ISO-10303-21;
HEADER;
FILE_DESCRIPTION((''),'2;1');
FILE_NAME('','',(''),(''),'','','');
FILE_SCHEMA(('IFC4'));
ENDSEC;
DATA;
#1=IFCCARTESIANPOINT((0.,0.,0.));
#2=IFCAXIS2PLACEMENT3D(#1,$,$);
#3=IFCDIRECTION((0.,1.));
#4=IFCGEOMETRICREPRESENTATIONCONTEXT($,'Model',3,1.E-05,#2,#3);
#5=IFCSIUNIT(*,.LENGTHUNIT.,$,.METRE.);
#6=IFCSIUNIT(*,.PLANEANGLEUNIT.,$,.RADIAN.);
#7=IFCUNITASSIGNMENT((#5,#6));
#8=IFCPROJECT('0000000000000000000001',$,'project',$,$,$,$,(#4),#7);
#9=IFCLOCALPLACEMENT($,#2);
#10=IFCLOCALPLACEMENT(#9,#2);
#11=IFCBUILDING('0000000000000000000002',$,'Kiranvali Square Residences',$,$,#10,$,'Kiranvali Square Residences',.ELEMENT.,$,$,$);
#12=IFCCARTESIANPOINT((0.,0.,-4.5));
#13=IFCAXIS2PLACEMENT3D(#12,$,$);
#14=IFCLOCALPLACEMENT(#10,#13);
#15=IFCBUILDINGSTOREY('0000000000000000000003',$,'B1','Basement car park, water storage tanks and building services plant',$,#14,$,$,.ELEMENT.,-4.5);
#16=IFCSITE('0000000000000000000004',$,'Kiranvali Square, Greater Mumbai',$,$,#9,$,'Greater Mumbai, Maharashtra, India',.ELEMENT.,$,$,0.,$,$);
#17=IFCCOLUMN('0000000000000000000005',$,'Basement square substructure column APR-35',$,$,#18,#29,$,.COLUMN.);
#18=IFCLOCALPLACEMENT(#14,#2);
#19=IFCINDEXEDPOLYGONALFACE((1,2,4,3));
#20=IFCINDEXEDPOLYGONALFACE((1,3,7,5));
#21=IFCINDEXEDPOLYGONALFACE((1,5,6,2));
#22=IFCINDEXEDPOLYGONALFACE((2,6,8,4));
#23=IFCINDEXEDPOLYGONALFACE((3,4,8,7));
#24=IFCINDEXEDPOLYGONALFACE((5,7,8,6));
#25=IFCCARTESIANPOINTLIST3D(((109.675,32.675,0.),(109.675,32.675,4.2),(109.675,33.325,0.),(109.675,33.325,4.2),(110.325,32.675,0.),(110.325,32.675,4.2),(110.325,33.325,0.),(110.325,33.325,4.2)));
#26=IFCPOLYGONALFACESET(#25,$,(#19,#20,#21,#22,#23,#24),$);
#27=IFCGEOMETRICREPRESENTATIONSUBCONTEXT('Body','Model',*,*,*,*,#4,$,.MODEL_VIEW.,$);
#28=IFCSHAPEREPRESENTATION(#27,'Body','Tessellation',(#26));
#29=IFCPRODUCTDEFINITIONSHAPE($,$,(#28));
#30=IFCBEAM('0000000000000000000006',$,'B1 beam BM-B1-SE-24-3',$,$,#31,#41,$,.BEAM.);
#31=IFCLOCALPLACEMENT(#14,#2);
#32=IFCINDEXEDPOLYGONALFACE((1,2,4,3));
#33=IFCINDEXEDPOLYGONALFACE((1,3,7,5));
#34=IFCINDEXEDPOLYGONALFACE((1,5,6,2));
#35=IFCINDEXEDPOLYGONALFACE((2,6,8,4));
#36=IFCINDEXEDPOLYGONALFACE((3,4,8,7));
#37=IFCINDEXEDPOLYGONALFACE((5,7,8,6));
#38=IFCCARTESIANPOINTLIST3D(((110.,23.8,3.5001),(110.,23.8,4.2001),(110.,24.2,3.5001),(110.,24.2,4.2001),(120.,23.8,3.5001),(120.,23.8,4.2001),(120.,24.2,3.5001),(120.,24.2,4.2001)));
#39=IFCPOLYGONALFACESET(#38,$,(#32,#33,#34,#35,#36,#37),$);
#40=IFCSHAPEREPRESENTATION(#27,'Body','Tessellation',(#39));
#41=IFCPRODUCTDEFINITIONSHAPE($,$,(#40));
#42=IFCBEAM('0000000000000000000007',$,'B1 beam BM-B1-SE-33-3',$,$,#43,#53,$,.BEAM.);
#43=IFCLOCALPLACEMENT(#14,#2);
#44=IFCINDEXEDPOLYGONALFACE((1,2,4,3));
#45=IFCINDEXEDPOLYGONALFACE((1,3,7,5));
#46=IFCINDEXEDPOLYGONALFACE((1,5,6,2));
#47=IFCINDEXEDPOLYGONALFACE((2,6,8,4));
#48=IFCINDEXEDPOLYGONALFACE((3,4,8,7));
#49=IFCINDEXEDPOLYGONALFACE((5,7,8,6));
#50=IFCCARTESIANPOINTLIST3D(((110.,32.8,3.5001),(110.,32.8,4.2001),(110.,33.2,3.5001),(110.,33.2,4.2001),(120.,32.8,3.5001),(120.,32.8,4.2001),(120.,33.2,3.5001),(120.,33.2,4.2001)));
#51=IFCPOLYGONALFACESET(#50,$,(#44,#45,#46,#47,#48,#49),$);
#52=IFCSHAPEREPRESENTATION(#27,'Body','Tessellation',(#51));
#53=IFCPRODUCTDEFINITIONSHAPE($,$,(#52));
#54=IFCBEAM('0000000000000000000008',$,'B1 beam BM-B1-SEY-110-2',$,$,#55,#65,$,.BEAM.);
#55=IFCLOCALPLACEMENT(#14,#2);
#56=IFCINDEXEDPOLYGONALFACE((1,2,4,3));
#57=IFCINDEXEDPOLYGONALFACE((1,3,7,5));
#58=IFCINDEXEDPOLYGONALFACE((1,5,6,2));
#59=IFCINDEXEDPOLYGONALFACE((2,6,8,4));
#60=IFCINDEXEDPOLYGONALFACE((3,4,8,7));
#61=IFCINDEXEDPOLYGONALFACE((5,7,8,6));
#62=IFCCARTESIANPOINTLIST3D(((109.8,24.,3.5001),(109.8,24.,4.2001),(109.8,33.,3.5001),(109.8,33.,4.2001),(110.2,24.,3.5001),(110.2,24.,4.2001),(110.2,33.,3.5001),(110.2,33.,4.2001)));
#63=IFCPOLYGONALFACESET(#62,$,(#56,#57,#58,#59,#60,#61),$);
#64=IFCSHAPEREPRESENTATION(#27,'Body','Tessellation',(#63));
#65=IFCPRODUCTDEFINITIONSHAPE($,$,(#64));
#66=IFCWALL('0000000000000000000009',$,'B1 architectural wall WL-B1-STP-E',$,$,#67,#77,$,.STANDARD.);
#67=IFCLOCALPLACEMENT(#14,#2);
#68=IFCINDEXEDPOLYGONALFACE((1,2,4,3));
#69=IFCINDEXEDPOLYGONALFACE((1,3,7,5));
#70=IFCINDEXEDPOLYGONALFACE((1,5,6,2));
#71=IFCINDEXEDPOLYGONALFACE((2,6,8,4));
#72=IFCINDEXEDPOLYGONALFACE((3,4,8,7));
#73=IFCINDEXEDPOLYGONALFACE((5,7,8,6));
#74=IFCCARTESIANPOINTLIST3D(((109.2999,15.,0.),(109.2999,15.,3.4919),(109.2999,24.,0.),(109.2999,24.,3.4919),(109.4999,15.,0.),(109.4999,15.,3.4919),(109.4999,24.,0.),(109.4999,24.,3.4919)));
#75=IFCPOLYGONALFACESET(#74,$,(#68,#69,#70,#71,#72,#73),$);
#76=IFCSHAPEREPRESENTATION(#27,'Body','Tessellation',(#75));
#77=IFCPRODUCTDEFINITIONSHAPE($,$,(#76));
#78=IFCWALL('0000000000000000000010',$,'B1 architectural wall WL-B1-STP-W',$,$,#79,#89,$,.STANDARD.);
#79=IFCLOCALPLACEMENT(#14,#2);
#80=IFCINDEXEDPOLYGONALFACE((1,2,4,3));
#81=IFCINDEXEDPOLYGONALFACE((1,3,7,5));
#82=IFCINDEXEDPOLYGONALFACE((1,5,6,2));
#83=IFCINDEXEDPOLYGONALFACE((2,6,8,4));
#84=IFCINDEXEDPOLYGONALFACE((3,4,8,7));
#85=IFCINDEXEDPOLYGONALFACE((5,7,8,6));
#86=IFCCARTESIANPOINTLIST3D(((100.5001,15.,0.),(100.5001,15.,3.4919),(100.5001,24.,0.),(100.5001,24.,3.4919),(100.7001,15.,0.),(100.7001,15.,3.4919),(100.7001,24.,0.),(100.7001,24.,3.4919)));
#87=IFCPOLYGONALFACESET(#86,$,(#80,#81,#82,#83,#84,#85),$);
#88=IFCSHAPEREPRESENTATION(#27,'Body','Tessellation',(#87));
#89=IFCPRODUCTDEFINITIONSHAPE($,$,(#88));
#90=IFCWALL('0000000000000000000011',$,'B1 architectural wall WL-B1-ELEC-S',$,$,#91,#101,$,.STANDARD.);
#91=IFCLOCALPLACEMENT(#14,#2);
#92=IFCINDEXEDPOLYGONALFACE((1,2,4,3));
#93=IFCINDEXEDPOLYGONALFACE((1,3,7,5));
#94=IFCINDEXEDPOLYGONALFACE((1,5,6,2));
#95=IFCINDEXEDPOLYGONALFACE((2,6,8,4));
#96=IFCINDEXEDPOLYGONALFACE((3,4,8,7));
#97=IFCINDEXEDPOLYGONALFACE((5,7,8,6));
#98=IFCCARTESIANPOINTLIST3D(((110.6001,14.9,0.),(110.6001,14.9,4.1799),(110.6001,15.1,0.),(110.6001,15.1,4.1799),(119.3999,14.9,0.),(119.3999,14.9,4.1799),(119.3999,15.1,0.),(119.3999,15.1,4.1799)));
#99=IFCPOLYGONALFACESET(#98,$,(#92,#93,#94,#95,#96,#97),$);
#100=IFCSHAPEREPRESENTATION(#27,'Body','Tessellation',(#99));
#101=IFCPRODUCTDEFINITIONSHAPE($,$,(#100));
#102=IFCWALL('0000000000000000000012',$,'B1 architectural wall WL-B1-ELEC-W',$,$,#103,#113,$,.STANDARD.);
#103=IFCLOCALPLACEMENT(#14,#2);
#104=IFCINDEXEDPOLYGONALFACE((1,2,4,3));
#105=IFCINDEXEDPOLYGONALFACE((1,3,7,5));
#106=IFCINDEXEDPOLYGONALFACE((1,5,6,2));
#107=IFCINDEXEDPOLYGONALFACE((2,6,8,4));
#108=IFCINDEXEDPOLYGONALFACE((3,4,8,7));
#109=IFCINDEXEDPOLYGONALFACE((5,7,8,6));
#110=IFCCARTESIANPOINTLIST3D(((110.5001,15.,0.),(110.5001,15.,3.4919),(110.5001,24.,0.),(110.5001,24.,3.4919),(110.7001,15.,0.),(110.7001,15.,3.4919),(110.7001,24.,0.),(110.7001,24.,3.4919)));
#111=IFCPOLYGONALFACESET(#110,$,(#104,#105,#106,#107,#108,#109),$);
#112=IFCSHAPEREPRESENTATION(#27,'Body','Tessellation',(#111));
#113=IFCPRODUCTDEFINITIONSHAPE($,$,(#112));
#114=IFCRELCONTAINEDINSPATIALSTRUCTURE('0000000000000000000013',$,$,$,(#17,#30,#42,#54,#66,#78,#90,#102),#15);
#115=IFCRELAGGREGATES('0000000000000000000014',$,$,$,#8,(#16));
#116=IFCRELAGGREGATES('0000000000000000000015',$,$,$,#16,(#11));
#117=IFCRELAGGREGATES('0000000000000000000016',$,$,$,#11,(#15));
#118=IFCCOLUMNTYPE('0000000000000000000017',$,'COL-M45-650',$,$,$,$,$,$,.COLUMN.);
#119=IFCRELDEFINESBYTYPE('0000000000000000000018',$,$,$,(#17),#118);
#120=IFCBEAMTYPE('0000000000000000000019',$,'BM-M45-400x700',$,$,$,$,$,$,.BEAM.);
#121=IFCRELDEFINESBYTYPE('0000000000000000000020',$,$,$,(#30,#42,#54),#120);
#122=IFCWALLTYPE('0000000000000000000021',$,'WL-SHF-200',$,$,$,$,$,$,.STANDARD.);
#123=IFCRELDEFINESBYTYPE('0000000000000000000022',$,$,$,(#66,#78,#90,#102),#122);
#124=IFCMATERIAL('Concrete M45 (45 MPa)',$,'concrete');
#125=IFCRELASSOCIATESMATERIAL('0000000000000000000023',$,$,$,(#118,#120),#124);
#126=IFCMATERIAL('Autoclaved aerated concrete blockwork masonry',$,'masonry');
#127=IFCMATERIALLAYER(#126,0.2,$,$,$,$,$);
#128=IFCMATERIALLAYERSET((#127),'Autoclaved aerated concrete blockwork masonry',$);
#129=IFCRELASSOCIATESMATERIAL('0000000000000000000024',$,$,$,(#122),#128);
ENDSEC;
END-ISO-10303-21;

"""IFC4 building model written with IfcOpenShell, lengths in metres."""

from ifc_helpers import new_model, si_unit, direction, frame, frame_2d, origin, origin_2d, place, context, subcontext, project, spatial, rectangle, extrude, material, layer, layer_set, material_profile, profile_set, type_object, element, save


model = new_model("IFC4")

# Units and contexts
model_context = context("Model", 3, precision=1e-05, world=origin(), true_north=direction((0.0, 1.0)))
body_context = subcontext(model_context, "Body", "Model", "MODEL_VIEW")
ifc_project = project(units=[si_unit("LENGTHUNIT", "METRE"), si_unit("PLANEANGLEUNIT", "RADIAN")], contexts=[model_context])

# Site, building, storey
site_placement = place(None, origin())
site = spatial("IfcSite", under=ifc_project, at=site_placement, Name="Kiranvali Square, Greater Mumbai", LongName="Greater Mumbai, Maharashtra, India", CompositionType="ELEMENT", RefElevation=0.0)
building_placement = place(site_placement, origin())
building = spatial("IfcBuilding", under=site, at=building_placement, Name="Kiranvali Square Residences", LongName="Kiranvali Square Residences", CompositionType="ELEMENT")
storey_placement = place(building_placement, frame((0.0, 0.0, -4.5)))
storey = spatial("IfcBuildingStorey", under=building, at=storey_placement, Name="B1", Description="Basement car park, water storage tanks and building services plant", CompositionType="ELEMENT", Elevation=-4.5)

# Column
ifc_material_1 = material(Name="Concrete M45 (45 MPa)", Category="concrete")
ifc_material_profile_1 = material_profile(ifc_material_1, rectangle(XDim=0.6499, YDim=0.6499, at=origin_2d()), Name="RC 650x650")
ifc_profile_set_1 = profile_set([ifc_material_profile_1], Name="Concrete M45 (45 MPa)")
column_type_1 = type_object("IfcColumnType", Name="COL-M45-650", PredefinedType="COLUMN", material=ifc_profile_set_1)
for number, where, z_axis, x_axis, name in (
    (1, (110.0, 33.0, 0.0), (0.0, 0.0, 1.0), (1.0, 0.0, 0.0), "Basement square substructure column APR-35"),
):
    element("IfcColumn", number, at=place(storey_placement, frame(where, z_axis=z_axis, x_axis=x_axis)), inside=storey, type_object=column_type_1, Name=name, PredefinedType="COLUMN", context=body_context, shape_type="SweptSolid", body=[
        extrude(rectangle(XDim=0.6499, YDim=0.6499, at=origin_2d()), origin(), (0.0, 0.0, 1.0), 4.2),
    ])

# Beams
ifc_material_profile_2 = material_profile(ifc_material_1, rectangle(XDim=0.3999, YDim=0.7, at=origin_2d()), Name="RC 400x700")
ifc_profile_set_2 = profile_set([ifc_material_profile_2], Name="Concrete M45 (45 MPa)")
beam_type = type_object("IfcBeamType", Name="BM-M45-400x700", PredefinedType="BEAM", material=ifc_profile_set_2)
for number, where, z_axis, x_axis, name in (
    (2, (110.0, 24.0, 3.8501), (1.0, 0.0, 0.0), (0.0, 1.0, 0.0), "B1 beam BM-B1-SE-24-3"),
    (3, (110.0, 33.0, 3.8501), (1.0, 0.0, 0.0), (0.0, 1.0, 0.0), "B1 beam BM-B1-SE-33-3"),
):
    element("IfcBeam", number, at=place(storey_placement, frame(where, z_axis=z_axis, x_axis=x_axis)), inside=storey, type_object=beam_type, Name=name, PredefinedType="BEAM", context=body_context, shape_type="SweptSolid", body=[
        extrude(rectangle(XDim=0.3999, YDim=0.7, at=origin_2d()), origin(), (0.0, 0.0, 1.0), 10.0),
    ])
beam_placement = place(storey_placement, frame((110.0, 24.0, 3.8501), z_axis=(0.0, 1.0, 0.0), x_axis=(-1.0, 0.0, 0.0)))
element("IfcBeam", 4, at=beam_placement, inside=storey, type_object=beam_type, Name="B1 beam BM-B1-SEY-110-2", PredefinedType="BEAM", context=body_context, shape_type="SweptSolid", body=[
    extrude(rectangle(XDim=0.3999, YDim=0.7, at=origin_2d()), origin(), (0.0, 0.0, 1.0), 9.0),
])

# Wall
ifc_material_2 = material(Name="Autoclaved aerated concrete blockwork masonry", Category="masonry")
ifc_layer = layer(ifc_material_2, 0.2)
ifc_layer_set = layer_set([ifc_layer], Name="Autoclaved aerated concrete blockwork masonry")
wall_type = type_object("IfcWallType", Name="WL-SHF-200", PredefinedType="STANDARD", material=ifc_layer_set)
wall_1_placement = place(storey_placement, frame((109.3999, 15.0, 0.0), z_axis=(0.0, 0.0, 1.0), x_axis=(0.0, 1.0, 0.0)))
element("IfcWall", 5, at=wall_1_placement, inside=storey, type_object=wall_type, Name="B1 architectural wall WL-B1-STP-E", PredefinedType="STANDARD", context=body_context, shape_type="SweptSolid", body=[
    extrude(rectangle(XDim=9.0, YDim=0.2, at=frame_2d((4.5, 0.0))), origin(), (0.0, 0.0, 1.0), 3.4919),
])

# Walls
wall_2_placement = place(storey_placement, frame((100.6001, 24.0, 0.0), z_axis=(0.0, 0.0, 1.0), x_axis=(0.0, -1.0, 0.0)))
element("IfcWall", 6, at=wall_2_placement, inside=storey, type_object=wall_type, Name="B1 architectural wall WL-B1-STP-W", PredefinedType="STANDARD", context=body_context, shape_type="SweptSolid", body=[
    extrude(rectangle(XDim=9.0, YDim=0.2, at=frame_2d((4.5, 0.0))), origin(), (0.0, 0.0, 1.0), 3.4919),
])
wall_3_placement = place(storey_placement, frame((110.6001, 15.0, 0.0), z_axis=(0.0, 0.0, 1.0), x_axis=(1.0, 0.0, 0.0)))
element("IfcWall", 7, at=wall_3_placement, inside=storey, type_object=wall_type, Name="B1 architectural wall WL-B1-ELEC-S", PredefinedType="STANDARD", context=body_context, shape_type="SweptSolid", body=[
    extrude(rectangle(XDim=8.7998, YDim=0.2, at=frame_2d((4.3999, 0.0))), origin(), (0.0, 0.0, 1.0), 4.1799),
])
wall_4_placement = place(storey_placement, frame((110.6001, 24.0, 0.0), z_axis=(0.0, 0.0, 1.0), x_axis=(0.0, -1.0, 0.0)))
element("IfcWall", 8, at=wall_4_placement, inside=storey, type_object=wall_type, Name="B1 architectural wall WL-B1-ELEC-W", PredefinedType="STANDARD", context=body_context, shape_type="SweptSolid", body=[
    extrude(rectangle(XDim=9.0, YDim=0.2, at=frame_2d((4.5, 0.0))), origin(), (0.0, 0.0, 1.0), 3.4919),
])

save(model, "model.ifc")
